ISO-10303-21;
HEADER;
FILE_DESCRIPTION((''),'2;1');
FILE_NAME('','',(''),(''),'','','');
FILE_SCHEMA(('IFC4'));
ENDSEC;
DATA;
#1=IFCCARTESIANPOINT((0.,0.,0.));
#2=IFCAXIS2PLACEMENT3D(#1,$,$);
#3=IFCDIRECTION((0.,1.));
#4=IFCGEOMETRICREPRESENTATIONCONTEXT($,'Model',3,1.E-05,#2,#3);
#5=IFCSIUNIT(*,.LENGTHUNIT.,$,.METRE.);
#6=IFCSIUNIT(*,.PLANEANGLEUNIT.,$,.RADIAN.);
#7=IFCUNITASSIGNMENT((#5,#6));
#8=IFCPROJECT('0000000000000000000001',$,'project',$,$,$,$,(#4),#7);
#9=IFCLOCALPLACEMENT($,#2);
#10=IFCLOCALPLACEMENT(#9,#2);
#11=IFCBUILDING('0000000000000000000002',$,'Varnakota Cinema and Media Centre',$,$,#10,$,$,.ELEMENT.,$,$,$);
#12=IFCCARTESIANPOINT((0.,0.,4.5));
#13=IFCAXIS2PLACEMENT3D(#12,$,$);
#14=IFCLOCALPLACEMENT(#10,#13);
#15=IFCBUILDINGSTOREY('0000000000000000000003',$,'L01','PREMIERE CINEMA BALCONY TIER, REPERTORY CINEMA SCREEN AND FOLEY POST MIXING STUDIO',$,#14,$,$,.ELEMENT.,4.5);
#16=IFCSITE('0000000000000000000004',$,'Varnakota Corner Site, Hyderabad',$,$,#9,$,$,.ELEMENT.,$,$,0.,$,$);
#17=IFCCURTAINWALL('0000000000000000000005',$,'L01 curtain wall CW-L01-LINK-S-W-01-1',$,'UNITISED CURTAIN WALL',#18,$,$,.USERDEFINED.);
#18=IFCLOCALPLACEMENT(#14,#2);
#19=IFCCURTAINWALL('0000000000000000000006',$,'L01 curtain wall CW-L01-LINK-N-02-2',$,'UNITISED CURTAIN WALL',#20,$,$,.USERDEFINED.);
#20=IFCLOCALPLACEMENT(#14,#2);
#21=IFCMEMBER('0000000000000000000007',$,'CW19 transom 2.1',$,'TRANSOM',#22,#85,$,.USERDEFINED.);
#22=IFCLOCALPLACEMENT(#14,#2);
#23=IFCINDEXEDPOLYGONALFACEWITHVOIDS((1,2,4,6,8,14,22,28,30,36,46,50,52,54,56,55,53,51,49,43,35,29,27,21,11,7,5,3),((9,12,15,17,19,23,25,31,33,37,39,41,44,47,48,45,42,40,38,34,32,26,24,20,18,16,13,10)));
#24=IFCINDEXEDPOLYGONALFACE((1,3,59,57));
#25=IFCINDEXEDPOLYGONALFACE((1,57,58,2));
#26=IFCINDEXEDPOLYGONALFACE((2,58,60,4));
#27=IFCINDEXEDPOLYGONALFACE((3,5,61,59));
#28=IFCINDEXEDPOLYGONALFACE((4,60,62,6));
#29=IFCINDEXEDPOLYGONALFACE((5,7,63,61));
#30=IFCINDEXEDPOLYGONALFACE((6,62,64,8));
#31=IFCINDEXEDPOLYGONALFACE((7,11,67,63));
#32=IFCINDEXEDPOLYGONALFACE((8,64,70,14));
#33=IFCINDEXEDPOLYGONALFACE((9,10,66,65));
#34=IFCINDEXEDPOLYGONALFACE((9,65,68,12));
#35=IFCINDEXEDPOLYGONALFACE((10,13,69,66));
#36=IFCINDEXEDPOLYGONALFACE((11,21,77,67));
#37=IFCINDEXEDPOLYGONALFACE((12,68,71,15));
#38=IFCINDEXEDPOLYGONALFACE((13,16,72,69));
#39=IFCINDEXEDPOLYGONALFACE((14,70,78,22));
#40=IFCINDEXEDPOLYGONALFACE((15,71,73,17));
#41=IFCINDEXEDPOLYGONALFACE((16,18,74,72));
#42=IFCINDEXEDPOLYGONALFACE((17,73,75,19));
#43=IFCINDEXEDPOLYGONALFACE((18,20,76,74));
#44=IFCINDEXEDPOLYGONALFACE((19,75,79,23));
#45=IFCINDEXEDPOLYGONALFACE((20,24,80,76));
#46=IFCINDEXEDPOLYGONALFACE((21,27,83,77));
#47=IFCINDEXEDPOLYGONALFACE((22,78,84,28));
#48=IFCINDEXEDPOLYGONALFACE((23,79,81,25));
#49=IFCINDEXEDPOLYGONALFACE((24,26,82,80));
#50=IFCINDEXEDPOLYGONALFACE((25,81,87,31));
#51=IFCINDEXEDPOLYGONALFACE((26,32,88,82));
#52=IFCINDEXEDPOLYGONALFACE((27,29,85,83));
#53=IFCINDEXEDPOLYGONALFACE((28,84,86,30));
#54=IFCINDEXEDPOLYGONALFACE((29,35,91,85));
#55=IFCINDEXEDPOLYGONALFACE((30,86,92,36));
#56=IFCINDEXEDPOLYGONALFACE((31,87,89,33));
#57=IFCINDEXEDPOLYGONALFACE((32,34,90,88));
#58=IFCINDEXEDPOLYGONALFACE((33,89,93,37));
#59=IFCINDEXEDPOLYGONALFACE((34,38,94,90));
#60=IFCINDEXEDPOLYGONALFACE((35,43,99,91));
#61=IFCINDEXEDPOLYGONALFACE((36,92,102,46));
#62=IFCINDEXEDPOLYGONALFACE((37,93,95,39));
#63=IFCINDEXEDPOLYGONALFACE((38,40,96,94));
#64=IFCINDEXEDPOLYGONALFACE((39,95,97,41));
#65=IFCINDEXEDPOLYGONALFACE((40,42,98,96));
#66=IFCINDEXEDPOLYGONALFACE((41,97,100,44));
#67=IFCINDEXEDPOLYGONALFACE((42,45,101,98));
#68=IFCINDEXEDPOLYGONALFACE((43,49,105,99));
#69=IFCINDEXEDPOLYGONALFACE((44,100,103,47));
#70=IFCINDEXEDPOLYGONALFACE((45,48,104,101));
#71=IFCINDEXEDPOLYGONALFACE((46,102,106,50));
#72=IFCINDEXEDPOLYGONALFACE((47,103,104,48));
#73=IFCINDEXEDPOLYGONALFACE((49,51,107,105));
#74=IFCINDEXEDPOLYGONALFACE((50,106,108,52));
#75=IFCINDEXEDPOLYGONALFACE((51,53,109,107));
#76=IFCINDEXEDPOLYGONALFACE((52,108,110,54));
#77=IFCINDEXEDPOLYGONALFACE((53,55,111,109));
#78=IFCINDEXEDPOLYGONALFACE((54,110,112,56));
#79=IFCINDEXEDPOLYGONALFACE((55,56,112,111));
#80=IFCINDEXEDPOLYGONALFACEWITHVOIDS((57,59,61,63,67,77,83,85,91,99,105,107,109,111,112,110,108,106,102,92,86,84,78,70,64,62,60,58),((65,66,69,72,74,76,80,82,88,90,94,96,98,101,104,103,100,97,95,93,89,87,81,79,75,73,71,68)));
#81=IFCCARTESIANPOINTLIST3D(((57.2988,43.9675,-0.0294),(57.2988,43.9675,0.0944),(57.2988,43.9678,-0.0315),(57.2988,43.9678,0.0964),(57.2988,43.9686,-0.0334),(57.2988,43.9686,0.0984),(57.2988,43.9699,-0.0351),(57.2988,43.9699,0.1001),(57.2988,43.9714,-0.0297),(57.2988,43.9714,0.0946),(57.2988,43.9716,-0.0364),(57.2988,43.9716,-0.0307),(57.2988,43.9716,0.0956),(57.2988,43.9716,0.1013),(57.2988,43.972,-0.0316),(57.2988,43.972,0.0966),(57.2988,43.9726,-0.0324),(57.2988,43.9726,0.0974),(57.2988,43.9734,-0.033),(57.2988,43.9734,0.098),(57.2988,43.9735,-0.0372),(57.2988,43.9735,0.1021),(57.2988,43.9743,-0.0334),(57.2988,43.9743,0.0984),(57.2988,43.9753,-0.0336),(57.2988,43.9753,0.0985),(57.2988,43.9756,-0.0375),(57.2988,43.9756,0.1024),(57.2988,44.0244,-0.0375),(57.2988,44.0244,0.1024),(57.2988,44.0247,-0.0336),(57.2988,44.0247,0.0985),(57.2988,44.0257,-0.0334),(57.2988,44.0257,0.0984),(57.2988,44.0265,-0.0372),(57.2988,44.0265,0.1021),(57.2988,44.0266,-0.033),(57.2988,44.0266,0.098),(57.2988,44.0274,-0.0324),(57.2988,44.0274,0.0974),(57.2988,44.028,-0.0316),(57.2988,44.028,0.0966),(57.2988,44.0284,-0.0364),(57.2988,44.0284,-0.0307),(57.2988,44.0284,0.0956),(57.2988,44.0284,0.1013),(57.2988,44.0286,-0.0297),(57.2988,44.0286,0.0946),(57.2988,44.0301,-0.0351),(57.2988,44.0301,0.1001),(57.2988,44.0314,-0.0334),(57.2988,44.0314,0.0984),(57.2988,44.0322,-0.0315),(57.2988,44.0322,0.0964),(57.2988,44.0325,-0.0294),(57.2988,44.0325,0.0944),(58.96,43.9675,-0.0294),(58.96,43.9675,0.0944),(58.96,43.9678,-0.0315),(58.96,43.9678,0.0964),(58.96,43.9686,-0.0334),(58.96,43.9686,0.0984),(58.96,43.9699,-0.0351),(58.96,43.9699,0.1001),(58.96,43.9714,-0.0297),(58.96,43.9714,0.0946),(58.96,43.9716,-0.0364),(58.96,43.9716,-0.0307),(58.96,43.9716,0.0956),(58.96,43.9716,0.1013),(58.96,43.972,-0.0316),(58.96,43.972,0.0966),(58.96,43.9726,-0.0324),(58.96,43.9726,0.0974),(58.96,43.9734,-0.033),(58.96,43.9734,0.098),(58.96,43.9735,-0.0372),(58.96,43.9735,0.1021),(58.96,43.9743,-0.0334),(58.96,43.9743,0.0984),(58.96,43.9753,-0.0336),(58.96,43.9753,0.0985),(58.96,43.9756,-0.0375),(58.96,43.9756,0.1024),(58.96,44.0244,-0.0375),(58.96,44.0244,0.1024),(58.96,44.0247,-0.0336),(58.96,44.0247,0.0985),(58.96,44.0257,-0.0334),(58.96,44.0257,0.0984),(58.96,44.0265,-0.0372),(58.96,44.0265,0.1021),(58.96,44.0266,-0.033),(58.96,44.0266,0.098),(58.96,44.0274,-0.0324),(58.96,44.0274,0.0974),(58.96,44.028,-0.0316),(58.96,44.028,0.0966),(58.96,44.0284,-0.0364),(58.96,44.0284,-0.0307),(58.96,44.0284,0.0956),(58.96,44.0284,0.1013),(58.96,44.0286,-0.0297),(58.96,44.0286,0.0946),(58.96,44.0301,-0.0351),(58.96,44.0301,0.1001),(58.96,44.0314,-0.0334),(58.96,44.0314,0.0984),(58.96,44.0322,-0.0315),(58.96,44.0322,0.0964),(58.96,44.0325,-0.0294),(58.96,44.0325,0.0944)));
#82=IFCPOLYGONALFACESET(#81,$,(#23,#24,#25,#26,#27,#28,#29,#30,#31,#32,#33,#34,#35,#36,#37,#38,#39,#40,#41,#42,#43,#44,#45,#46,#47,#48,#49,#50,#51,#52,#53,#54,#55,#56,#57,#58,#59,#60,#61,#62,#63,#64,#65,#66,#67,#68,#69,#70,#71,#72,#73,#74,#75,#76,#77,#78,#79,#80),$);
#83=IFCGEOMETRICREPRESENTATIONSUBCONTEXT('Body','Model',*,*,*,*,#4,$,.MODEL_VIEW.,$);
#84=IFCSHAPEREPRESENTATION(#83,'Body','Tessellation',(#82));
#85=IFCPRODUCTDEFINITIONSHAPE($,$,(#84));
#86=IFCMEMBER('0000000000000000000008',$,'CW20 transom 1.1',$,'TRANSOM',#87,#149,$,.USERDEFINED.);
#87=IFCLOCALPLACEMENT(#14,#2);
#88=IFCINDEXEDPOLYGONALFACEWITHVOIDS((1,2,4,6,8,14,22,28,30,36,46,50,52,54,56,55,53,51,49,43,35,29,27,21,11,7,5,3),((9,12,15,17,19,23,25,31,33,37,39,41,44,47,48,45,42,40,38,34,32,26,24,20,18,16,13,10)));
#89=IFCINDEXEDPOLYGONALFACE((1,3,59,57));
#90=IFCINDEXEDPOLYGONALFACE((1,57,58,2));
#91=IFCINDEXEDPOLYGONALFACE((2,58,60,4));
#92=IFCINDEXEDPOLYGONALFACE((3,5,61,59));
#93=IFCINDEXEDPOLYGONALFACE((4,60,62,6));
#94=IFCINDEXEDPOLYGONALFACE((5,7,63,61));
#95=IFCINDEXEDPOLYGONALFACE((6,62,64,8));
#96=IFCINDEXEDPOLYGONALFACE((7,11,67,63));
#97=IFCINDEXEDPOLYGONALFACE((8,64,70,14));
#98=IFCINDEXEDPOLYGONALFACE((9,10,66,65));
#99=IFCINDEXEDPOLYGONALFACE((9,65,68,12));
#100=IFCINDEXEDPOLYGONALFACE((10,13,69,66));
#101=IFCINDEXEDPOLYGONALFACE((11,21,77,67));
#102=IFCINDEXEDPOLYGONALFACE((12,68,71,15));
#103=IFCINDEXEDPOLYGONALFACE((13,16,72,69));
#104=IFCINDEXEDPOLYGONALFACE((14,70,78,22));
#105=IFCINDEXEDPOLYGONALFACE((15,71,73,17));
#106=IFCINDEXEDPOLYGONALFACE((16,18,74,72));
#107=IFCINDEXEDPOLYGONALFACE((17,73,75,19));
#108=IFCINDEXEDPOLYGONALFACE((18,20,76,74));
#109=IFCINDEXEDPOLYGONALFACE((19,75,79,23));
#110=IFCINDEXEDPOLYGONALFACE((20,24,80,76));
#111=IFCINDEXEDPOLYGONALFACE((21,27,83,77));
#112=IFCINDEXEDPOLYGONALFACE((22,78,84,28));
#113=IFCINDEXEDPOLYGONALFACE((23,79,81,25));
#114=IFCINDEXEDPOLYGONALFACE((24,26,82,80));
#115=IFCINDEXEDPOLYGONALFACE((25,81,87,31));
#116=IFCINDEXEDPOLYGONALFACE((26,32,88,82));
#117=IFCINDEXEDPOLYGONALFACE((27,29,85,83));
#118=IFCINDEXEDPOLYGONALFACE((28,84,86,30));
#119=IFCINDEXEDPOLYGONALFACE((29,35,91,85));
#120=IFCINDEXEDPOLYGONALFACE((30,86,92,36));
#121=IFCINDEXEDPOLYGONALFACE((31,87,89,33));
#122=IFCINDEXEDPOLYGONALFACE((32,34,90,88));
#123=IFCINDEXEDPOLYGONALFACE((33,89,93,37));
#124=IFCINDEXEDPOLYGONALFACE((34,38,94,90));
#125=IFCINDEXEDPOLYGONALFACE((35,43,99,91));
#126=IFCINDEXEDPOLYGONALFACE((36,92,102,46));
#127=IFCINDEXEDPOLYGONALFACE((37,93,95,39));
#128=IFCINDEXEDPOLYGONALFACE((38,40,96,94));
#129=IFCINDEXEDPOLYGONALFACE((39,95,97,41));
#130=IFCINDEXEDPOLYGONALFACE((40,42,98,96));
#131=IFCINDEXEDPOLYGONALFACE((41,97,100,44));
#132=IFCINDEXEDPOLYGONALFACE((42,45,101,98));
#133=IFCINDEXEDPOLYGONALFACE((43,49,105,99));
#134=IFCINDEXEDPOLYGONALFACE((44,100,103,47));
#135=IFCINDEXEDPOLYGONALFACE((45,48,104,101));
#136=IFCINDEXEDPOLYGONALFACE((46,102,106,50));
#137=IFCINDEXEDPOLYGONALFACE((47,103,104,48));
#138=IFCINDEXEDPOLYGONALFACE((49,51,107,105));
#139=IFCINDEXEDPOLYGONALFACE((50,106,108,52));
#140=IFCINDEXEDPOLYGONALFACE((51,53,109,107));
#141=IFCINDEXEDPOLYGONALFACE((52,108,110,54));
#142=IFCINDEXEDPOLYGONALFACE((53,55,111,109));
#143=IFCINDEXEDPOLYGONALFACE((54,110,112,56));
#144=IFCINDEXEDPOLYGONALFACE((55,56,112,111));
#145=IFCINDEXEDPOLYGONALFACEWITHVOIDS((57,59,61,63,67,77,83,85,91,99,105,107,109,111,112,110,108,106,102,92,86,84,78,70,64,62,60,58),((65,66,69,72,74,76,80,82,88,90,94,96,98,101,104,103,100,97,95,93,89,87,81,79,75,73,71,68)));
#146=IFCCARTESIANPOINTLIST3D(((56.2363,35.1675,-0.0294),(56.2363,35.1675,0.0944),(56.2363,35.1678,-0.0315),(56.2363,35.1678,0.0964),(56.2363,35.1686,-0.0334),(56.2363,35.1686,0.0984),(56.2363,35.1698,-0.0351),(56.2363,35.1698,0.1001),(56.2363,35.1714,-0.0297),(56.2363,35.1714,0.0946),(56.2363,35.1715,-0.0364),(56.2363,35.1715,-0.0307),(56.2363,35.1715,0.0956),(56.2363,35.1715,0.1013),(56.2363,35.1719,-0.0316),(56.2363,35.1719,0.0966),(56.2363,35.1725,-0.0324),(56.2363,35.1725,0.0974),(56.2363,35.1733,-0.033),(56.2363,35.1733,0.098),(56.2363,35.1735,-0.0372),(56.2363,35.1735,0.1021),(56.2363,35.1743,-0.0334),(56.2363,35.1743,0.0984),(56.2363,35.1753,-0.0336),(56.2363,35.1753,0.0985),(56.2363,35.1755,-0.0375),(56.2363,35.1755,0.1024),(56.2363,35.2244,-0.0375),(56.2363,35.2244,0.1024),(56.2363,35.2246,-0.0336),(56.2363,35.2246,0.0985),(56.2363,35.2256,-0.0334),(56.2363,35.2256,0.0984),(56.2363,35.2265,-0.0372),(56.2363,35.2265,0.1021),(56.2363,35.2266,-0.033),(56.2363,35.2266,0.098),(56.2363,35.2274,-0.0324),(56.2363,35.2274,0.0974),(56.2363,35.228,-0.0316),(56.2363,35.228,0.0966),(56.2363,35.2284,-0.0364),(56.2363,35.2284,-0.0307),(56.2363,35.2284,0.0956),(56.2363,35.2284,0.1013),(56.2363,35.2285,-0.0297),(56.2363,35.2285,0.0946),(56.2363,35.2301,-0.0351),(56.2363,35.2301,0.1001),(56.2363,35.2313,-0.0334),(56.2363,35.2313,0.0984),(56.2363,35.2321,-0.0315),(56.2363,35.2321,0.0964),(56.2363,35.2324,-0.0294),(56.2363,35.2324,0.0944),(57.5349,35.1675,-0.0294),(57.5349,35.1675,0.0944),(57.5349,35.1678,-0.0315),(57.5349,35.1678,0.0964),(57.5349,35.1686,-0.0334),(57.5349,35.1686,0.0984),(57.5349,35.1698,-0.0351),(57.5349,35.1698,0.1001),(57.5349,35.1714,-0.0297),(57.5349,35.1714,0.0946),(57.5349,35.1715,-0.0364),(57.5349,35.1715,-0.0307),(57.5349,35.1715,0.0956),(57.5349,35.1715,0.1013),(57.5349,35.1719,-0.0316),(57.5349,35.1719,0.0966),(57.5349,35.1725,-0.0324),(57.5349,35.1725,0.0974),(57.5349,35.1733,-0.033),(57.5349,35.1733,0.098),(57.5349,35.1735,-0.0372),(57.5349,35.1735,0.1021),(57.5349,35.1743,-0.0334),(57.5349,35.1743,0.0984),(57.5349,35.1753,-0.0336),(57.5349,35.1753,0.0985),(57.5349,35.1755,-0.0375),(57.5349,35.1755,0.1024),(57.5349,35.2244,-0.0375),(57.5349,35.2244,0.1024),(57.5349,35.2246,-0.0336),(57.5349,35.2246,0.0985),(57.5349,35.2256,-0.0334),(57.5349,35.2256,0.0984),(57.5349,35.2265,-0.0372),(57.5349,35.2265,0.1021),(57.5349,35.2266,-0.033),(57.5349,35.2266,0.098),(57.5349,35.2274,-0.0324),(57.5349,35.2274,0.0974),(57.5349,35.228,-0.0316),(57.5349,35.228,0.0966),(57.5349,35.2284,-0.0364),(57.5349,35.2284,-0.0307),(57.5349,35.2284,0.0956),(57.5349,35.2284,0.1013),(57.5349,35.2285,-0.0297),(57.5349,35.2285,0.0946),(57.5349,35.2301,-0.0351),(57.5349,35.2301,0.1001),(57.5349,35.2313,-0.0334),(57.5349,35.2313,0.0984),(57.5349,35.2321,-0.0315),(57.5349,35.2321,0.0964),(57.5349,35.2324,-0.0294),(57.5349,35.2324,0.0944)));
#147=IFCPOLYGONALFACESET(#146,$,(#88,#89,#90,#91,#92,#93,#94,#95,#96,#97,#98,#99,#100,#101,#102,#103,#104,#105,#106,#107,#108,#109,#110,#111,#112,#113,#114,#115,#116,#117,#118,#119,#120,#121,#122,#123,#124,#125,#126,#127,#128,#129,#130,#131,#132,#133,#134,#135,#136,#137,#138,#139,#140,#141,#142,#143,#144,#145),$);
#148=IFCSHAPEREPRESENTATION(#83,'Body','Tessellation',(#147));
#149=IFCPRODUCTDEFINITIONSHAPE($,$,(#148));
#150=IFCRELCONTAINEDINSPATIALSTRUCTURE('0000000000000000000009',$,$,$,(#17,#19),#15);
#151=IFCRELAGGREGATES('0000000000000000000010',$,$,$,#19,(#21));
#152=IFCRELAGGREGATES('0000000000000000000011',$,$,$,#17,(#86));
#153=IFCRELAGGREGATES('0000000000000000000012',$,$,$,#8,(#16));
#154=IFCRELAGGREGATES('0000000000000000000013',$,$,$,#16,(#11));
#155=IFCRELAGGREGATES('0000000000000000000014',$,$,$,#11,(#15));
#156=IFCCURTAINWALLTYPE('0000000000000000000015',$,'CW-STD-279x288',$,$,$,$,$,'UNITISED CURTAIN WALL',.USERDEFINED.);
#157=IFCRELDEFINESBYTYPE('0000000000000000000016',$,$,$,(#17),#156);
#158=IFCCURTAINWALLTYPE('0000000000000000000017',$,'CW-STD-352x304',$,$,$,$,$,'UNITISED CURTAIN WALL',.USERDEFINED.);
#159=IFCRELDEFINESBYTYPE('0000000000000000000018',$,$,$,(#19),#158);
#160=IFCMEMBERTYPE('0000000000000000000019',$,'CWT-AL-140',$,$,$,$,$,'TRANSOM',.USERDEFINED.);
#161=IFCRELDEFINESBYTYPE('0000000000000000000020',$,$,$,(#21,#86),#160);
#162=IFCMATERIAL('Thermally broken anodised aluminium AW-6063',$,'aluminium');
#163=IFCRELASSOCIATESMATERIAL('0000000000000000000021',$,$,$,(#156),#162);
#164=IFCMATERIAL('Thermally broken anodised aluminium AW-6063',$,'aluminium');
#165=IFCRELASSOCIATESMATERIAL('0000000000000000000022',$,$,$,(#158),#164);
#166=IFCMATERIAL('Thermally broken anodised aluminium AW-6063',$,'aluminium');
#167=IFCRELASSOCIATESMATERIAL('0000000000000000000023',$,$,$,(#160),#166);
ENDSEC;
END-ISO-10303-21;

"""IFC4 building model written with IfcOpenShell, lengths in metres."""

from ifc_helpers import new_model, si_unit, direction, frame, origin, origin_2d, place, context, subcontext, project, spatial, hollow_rectangle, extrude, material, material_profile, profile_set, type_object, element, aggregate, save


model = new_model("IFC4")

# Units and contexts
model_context = context("Model", 3, precision=1e-05, world=origin(), true_north=direction((0.0, 1.0)))
body_context = subcontext(model_context, "Body", "Model", "MODEL_VIEW")
ifc_project = project(units=[si_unit("LENGTHUNIT", "METRE"), si_unit("PLANEANGLEUNIT", "RADIAN")], contexts=[model_context])

# Site, building, storey
site_placement = place(None, origin())
site = spatial("IfcSite", under=ifc_project, at=site_placement, Name="Varnakota Corner Site, Hyderabad", CompositionType="ELEMENT", RefElevation=0.0)
building_placement = place(site_placement, origin())
building = spatial("IfcBuilding", under=site, at=building_placement, Name="Varnakota Cinema and Media Centre", CompositionType="ELEMENT")
storey_placement = place(building_placement, frame((0.0, 0.0, 4.5)))
storey = spatial("IfcBuildingStorey", under=building, at=storey_placement, Name="L01", Description="PREMIERE CINEMA BALCONY TIER, REPERTORY CINEMA SCREEN AND FOLEY POST MIXING STUDIO", CompositionType="ELEMENT", Elevation=4.5)

# Curtain wall
ifc_material_1 = material(Name="Thermally broken anodised aluminium AW-6063", Category="aluminium")
curtain_wall_type_1 = type_object("IfcCurtainWallType", Name="CW-STD-279x288", ElementType="UNITISED CURTAIN WALL", PredefinedType="USERDEFINED", material=ifc_material_1)
curtain_wall_1_placement = place(storey_placement, origin())
curtain_wall_1 = element("IfcCurtainWall", 1, at=curtain_wall_1_placement, inside=storey, type_object=curtain_wall_type_1, Name="L01 curtain wall CW-L01-LINK-S-W-01-1", ObjectType="UNITISED CURTAIN WALL", PredefinedType="USERDEFINED")

# Curtain wall, member
ifc_material_2 = material(Name="Thermally broken anodised aluminium AW-6063", Category="aluminium")
curtain_wall_type_2 = type_object("IfcCurtainWallType", Name="CW-STD-352x304", ElementType="UNITISED CURTAIN WALL", PredefinedType="USERDEFINED", material=ifc_material_2)
curtain_wall_2_placement = place(storey_placement, origin())
curtain_wall_2 = element("IfcCurtainWall", 2, at=curtain_wall_2_placement, inside=storey, type_object=curtain_wall_type_2, Name="L01 curtain wall CW-L01-LINK-N-02-2", ObjectType="UNITISED CURTAIN WALL", PredefinedType="USERDEFINED")
ifc_material_3 = material(Name="Thermally broken anodised aluminium AW-6063", Category="aluminium")
ifc_material_profile_1 = material_profile(ifc_material_3, hollow_rectangle(XDim=0.0649, YDim=0.1399, WallThickness=0.0039, InnerFilletRadius=0.0039, OuterFilletRadius=0.0081, at=origin_2d()), Name="AL-TRANSOM 140x65x4")
ifc_profile_set_1 = profile_set([ifc_material_profile_1], Name="Thermally broken anodised aluminium AW-6063")
member_type_1 = type_object("IfcMemberType", Name="CWT-AL-140", ElementType="TRANSOM", PredefinedType="USERDEFINED", material=ifc_profile_set_1)
member_1_placement = place(storey_placement, frame((57.2988, 44.0, 0.0325), z_axis=(1.0, 0.0, 0.0), x_axis=(0.0, 1.0, 0.0)))
member_1 = element("IfcMember", 3, at=member_1_placement, type_object=member_type_1, Name="CW19 transom 2.1", ObjectType="TRANSOM", PredefinedType="USERDEFINED", context=body_context, shape_type="SweptSolid", body=[
    extrude(hollow_rectangle(XDim=0.0649, YDim=0.1399, WallThickness=0.0039, InnerFilletRadius=0.0039, OuterFilletRadius=0.0081, at=origin_2d()), origin(), (0.0, 0.0, 1.0), 1.6611),
])
aggregate(curtain_wall_2, [member_1])

# Member
member_2_placement = place(storey_placement, frame((57.5349, 35.2, 0.0325), z_axis=(-1.0, 0.0, 0.0), x_axis=(0.0, -1.0, 0.0)))
member_2 = element("IfcMember", 4, at=member_2_placement, type_object=member_type_1, Name="CW20 transom 1.1", ObjectType="TRANSOM", PredefinedType="USERDEFINED", context=body_context, shape_type="SweptSolid", body=[
    extrude(hollow_rectangle(XDim=0.0649, YDim=0.1399, WallThickness=0.0039, InnerFilletRadius=0.0039, OuterFilletRadius=0.0081, at=origin_2d()), origin(), (0.0, 0.0, 1.0), 1.2986),
])
aggregate(curtain_wall_1, [member_2])

save(model, "model.ifc")
